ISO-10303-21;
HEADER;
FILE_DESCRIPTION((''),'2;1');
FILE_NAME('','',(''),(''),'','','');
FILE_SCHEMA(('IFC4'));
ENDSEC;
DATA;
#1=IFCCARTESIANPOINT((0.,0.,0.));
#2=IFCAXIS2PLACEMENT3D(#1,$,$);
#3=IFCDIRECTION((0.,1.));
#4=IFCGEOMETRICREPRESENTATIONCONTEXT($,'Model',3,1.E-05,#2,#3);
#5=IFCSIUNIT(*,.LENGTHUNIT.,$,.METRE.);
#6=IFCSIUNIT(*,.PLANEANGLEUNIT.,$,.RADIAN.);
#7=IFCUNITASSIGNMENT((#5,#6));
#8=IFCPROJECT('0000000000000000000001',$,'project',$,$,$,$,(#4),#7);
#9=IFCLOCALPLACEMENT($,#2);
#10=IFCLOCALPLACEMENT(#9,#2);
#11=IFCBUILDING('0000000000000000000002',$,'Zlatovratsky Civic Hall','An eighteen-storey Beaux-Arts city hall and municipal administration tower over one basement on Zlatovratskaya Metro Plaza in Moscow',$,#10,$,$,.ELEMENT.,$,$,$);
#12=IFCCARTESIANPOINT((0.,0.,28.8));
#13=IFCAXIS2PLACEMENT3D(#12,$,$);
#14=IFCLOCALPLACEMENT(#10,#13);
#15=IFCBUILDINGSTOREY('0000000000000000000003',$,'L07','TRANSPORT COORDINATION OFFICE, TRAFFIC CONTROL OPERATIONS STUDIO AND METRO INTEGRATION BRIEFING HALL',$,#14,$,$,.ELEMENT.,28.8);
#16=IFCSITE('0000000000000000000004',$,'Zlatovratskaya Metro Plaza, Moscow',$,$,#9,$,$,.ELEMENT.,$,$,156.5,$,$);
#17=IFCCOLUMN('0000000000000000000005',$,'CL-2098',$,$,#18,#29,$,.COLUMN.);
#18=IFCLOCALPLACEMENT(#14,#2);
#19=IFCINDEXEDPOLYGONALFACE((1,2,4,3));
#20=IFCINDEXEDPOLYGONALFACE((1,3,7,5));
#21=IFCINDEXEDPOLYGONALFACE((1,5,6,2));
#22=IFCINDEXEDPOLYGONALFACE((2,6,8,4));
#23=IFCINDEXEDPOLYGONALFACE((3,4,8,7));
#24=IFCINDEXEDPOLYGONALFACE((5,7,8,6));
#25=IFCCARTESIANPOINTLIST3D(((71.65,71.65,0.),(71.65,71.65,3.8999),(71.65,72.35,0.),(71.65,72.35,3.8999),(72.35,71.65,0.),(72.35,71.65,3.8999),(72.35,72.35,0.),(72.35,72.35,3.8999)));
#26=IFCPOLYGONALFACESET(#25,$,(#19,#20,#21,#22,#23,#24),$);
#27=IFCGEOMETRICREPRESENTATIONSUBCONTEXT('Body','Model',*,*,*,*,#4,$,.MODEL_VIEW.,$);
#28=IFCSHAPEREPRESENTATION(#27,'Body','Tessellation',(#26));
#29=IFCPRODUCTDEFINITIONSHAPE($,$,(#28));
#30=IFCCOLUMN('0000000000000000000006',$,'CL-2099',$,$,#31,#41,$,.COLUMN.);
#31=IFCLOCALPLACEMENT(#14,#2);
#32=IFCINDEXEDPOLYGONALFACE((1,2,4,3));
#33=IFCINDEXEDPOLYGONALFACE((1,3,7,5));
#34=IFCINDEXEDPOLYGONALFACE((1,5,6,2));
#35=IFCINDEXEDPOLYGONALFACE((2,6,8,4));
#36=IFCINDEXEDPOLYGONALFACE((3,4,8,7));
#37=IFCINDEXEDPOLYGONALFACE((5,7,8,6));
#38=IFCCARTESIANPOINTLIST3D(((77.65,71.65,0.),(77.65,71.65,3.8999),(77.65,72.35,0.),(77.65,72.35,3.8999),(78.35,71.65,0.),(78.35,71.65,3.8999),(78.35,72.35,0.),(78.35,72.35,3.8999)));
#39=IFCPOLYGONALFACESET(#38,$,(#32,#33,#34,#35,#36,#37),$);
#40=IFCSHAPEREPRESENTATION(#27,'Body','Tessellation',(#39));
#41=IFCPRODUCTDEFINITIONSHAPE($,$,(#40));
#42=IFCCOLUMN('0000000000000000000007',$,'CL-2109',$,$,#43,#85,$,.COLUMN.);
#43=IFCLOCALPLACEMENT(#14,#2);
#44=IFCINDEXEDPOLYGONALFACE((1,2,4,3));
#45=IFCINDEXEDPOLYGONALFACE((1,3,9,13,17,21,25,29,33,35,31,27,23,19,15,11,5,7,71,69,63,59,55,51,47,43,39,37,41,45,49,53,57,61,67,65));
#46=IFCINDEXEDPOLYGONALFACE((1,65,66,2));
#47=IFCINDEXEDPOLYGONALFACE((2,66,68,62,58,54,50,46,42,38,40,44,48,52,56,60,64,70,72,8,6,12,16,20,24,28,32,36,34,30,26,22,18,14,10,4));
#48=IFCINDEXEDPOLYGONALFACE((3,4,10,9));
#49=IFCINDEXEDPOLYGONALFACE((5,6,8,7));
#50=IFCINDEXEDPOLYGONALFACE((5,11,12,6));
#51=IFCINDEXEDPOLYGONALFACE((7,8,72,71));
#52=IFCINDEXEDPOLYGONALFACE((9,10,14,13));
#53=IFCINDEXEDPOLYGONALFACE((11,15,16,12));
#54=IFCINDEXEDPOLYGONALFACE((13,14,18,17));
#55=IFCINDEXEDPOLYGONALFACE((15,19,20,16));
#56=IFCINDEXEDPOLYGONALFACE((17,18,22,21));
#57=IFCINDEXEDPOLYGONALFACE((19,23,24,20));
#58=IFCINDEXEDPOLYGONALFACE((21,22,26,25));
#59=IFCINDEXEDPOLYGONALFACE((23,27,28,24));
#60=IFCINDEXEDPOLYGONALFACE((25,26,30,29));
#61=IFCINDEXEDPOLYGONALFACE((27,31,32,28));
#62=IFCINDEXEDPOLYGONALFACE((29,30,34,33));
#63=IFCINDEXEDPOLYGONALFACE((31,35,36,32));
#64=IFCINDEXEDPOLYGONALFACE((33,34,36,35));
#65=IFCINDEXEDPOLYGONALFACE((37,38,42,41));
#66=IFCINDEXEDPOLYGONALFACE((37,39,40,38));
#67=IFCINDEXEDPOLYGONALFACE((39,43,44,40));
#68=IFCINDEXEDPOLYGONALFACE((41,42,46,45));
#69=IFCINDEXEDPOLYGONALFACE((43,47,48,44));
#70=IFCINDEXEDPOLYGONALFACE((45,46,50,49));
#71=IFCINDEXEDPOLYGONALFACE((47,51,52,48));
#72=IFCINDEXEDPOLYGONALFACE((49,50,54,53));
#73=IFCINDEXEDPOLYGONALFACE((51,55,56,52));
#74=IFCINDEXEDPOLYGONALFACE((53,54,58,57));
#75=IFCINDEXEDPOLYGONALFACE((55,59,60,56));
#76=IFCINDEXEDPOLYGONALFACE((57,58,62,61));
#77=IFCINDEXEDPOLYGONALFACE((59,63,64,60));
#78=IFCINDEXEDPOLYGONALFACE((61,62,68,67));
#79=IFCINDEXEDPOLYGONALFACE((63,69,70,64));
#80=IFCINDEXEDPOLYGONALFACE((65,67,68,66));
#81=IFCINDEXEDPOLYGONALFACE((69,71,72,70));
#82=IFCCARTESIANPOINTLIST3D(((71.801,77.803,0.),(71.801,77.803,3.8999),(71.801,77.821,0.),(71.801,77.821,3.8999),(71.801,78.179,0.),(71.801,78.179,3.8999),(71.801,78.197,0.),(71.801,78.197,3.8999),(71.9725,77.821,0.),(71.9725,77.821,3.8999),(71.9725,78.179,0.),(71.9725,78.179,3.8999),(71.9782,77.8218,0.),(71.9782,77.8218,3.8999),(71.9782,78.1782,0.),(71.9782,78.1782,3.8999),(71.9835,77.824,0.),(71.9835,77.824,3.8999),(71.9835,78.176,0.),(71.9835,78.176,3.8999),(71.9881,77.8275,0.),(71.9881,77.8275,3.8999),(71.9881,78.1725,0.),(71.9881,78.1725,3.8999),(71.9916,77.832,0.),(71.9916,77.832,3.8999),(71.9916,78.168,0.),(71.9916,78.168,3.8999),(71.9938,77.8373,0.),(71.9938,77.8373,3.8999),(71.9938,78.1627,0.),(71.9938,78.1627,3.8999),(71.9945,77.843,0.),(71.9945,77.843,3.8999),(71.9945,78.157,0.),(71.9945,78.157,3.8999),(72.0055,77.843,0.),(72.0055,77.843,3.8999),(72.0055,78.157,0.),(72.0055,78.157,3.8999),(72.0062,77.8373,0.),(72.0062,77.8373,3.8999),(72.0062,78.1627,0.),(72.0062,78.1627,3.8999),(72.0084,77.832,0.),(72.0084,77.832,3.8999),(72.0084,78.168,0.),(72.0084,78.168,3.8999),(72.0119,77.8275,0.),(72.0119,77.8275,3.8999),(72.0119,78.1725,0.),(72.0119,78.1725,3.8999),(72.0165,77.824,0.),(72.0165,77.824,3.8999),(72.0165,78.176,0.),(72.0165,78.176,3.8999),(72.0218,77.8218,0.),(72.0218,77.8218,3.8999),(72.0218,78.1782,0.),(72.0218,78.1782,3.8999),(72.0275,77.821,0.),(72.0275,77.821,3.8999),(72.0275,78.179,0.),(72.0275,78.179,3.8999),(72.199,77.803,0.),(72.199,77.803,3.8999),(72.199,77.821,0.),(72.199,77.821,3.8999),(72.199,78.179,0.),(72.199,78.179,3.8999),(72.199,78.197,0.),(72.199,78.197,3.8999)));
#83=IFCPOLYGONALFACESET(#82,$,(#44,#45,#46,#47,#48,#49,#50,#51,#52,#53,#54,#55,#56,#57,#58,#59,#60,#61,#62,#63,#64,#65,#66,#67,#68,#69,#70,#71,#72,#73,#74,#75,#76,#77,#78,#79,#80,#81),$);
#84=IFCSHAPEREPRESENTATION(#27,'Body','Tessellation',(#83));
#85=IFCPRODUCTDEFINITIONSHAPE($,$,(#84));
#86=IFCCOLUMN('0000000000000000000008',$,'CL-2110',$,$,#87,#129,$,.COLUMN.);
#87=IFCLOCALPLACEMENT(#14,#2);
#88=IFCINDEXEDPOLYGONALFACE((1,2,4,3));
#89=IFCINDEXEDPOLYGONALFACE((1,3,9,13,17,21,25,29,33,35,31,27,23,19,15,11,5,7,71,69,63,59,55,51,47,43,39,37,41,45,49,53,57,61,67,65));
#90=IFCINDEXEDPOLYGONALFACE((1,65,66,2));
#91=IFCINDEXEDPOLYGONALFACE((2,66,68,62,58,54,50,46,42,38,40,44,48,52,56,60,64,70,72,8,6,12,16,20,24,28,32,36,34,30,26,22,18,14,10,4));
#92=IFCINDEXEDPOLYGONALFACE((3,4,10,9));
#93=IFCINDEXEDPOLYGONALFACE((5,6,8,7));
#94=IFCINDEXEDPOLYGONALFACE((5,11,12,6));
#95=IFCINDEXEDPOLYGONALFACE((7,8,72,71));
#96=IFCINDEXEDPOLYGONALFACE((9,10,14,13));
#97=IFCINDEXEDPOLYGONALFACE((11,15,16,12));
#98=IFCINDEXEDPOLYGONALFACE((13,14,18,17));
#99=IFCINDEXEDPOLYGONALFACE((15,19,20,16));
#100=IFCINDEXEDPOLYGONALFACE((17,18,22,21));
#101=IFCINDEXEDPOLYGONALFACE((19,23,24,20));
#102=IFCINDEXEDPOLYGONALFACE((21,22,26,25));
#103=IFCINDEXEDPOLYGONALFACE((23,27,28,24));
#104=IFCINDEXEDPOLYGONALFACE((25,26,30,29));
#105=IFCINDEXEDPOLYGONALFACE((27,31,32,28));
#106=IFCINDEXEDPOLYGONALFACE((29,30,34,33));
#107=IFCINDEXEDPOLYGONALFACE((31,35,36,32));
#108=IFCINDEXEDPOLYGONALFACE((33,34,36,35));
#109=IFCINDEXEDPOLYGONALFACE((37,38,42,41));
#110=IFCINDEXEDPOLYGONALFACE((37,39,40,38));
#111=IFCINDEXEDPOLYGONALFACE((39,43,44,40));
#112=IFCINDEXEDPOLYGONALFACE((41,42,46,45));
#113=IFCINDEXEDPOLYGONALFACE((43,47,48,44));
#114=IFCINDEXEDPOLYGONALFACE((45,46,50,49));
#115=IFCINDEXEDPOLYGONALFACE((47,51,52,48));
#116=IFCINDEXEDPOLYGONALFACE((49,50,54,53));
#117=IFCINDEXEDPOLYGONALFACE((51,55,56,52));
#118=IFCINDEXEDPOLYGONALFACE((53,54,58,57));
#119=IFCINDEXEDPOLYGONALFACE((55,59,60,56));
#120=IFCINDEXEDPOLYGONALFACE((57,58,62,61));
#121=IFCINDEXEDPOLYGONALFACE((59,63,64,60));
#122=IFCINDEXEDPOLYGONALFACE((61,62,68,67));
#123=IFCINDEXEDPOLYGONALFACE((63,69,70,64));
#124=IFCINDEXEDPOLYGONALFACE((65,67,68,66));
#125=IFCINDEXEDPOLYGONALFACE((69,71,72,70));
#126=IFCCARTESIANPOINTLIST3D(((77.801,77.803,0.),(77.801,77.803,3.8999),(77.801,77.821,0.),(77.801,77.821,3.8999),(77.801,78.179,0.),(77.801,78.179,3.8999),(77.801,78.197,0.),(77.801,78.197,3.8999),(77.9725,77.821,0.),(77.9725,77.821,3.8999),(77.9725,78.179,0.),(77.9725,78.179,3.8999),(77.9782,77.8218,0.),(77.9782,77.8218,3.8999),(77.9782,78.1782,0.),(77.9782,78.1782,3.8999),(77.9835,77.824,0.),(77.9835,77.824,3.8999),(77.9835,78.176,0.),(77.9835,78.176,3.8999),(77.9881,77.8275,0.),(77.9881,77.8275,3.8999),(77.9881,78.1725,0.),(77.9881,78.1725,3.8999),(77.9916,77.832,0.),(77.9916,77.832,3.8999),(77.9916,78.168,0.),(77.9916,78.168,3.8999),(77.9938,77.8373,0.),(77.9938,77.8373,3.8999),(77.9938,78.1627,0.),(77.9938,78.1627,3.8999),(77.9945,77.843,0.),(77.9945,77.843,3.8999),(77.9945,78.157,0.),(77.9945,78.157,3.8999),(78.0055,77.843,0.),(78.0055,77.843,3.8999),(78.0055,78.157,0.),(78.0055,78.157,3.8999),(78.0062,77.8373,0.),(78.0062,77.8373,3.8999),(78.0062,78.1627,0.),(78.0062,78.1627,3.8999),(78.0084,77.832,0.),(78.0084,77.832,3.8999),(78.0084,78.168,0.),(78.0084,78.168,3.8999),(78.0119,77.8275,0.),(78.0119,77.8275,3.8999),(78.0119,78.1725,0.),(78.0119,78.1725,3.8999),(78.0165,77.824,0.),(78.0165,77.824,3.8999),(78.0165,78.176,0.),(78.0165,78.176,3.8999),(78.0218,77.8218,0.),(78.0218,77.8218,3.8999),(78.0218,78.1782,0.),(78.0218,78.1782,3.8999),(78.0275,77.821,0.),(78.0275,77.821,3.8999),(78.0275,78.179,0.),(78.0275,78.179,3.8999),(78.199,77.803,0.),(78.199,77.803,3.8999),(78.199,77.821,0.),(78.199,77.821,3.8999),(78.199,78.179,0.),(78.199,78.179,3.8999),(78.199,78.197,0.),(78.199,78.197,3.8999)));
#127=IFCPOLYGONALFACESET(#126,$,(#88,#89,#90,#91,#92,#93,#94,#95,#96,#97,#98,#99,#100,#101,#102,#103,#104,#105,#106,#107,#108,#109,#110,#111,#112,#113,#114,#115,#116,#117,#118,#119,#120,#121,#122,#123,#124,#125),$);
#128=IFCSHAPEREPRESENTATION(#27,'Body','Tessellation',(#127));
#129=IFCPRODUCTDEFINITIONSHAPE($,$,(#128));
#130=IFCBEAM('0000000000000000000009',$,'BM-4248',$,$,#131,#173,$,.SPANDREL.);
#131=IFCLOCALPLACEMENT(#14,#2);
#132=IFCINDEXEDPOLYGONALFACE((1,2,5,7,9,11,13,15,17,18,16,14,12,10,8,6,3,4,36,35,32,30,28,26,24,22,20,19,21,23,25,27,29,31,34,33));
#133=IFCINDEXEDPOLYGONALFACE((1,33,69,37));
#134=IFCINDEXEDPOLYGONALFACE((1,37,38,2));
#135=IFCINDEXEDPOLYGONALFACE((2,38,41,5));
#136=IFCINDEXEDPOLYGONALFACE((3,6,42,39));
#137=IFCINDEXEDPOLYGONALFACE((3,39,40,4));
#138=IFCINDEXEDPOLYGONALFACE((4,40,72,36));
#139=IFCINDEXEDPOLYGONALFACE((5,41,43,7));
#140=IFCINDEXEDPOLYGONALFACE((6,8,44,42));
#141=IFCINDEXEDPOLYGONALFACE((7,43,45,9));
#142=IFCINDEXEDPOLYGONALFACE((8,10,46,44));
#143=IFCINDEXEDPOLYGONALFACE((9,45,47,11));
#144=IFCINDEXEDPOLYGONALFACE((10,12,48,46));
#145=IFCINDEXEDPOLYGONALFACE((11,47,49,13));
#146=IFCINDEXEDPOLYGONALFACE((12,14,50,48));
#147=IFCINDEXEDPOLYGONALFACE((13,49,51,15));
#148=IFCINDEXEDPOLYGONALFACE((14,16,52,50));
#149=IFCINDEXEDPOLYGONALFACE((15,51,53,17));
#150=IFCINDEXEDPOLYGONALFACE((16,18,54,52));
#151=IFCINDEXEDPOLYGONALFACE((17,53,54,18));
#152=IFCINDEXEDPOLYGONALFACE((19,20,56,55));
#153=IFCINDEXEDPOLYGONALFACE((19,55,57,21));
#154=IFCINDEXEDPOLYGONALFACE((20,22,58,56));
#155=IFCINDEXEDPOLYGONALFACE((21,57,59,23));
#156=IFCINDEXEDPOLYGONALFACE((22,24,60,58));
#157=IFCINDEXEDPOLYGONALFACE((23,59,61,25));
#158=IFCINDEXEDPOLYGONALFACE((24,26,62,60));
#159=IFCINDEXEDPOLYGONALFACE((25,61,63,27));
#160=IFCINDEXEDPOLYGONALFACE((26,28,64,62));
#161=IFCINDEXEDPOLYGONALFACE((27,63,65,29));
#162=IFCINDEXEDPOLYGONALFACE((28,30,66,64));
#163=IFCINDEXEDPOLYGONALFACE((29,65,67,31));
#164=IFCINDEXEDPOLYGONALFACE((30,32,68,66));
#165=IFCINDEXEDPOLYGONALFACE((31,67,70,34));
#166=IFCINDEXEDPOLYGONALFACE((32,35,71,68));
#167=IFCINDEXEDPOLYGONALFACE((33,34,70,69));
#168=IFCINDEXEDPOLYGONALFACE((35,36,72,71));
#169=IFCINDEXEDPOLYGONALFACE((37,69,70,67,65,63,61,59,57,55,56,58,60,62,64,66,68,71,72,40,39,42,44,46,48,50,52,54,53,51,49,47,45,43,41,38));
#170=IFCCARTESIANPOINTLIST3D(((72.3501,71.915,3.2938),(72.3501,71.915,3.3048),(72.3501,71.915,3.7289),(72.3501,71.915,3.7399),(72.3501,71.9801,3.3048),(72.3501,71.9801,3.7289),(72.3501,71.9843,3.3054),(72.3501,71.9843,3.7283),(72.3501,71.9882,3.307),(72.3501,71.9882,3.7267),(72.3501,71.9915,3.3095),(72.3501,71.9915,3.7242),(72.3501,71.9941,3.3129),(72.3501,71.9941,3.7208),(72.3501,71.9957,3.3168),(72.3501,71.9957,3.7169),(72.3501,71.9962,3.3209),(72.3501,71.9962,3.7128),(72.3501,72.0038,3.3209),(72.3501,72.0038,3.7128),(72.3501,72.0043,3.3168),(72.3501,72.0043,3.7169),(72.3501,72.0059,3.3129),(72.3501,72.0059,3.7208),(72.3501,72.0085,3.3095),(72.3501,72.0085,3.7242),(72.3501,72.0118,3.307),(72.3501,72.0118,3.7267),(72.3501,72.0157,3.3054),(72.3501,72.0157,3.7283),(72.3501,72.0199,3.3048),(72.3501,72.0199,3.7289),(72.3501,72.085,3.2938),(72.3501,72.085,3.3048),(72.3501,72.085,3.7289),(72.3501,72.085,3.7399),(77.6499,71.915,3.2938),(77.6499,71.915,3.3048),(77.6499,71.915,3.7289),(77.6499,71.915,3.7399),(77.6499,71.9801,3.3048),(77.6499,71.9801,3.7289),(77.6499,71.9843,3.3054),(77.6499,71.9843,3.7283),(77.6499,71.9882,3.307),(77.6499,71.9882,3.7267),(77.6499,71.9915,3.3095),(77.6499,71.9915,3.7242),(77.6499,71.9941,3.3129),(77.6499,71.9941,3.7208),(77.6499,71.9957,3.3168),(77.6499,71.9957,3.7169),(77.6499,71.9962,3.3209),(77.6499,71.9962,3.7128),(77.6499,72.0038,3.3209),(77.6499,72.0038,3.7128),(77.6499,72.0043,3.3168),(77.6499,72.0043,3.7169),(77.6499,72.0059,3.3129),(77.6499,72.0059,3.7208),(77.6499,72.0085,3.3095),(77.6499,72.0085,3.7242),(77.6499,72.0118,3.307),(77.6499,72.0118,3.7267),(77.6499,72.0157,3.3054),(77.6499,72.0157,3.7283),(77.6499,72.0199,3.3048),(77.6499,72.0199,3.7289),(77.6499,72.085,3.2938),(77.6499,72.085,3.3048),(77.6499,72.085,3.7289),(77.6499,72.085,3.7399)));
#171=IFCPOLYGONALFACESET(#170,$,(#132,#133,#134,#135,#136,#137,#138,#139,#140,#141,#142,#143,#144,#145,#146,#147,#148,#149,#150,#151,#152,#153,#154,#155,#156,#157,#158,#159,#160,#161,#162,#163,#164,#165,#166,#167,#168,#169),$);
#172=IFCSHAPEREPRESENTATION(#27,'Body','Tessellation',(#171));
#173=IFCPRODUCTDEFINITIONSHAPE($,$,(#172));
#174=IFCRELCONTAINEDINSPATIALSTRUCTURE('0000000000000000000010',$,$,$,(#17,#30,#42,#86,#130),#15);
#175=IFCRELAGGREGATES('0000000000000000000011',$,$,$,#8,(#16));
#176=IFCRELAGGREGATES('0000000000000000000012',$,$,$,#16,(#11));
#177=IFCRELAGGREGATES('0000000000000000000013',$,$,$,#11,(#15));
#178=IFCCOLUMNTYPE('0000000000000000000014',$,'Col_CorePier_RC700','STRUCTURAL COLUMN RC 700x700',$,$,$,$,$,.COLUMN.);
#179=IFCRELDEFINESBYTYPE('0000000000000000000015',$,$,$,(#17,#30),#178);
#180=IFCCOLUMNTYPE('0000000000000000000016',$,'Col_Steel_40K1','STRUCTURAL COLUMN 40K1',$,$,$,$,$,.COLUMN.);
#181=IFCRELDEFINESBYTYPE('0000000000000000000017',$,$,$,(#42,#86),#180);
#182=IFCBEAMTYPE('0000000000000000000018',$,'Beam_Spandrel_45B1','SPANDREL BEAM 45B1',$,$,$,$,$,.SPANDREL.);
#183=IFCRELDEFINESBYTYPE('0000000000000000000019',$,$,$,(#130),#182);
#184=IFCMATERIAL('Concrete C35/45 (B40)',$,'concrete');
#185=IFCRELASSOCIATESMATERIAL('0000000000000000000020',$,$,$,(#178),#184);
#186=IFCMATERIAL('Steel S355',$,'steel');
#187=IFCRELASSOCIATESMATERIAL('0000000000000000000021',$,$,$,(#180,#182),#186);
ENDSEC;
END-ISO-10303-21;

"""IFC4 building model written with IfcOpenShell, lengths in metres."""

from ifc_helpers import new_model, si_unit, direction, frame, origin, origin_2d, place, context, subcontext, project, spatial, rectangle, i_section, extrude, material, material_profile, profile_set, type_object, element, save


model = new_model("IFC4")

# Units and contexts
model_context = context("Model", 3, precision=1e-05, world=origin(), true_north=direction((0.0, 1.0)))
body_context = subcontext(model_context, "Body", "Model", "MODEL_VIEW")
ifc_project = project(units=[si_unit("LENGTHUNIT", "METRE"), si_unit("PLANEANGLEUNIT", "RADIAN")], contexts=[model_context])

# Site, building, storey
site_placement = place(None, origin())
site = spatial("IfcSite", under=ifc_project, at=site_placement, Name="Zlatovratskaya Metro Plaza, Moscow", CompositionType="ELEMENT", RefElevation=156.5)
building_placement = place(site_placement, origin())
building = spatial("IfcBuilding", under=site, at=building_placement, Name="Zlatovratsky Civic Hall", Description="An eighteen-storey Beaux-Arts city hall and municipal administration tower over one basement on Zlatovratskaya Metro Plaza in Moscow", CompositionType="ELEMENT")
storey_placement = place(building_placement, frame((0.0, 0.0, 28.8)))
storey = spatial("IfcBuildingStorey", under=building, at=storey_placement, Name="L07", Description="TRANSPORT COORDINATION OFFICE, TRAFFIC CONTROL OPERATIONS STUDIO AND METRO INTEGRATION BRIEFING HALL", CompositionType="ELEMENT", Elevation=28.8)

# Columns
ifc_material_1 = material(Name="Concrete C35/45 (B40)", Category="concrete")
ifc_material_profile_1 = material_profile(ifc_material_1, rectangle(XDim=0.7, YDim=0.7, at=origin_2d()), Name="RC 700x700")
ifc_profile_set_1 = profile_set([ifc_material_profile_1], Name="Concrete C35/45 (B40)")
column_type_1 = type_object("IfcColumnType", Name="Col_CorePier_RC700", Description="STRUCTURAL COLUMN RC 700x700", PredefinedType="COLUMN", material=ifc_profile_set_1)
for number, where, z_axis, x_axis, name in (
    (1, (72.0, 72.0, 0.0), (0.0, 0.0, 1.0), (1.0, 0.0, 0.0), "CL-2098"),
    (2, (78.0, 72.0, 0.0), (0.0, 0.0, 1.0), (1.0, 0.0, 0.0), "CL-2099"),
):
    element("IfcColumn", number, at=place(storey_placement, frame(where, z_axis=z_axis, x_axis=x_axis)), inside=storey, type_object=column_type_1, Name=name, PredefinedType="COLUMN", context=body_context, shape_type="SweptSolid", body=[
        extrude(rectangle(XDim=0.7, YDim=0.7, at=origin_2d()), origin(), (0.0, 0.0, 1.0), 3.8999),
    ])
ifc_material_2 = material(Name="Steel S355", Category="steel")
ifc_material_profile_2 = material_profile(ifc_material_2, i_section(OverallWidth=0.3979, OverallDepth=0.394, WebThickness=0.011, FlangeThickness=0.0181, FilletRadius=0.022, at=origin_2d()), Name="40K1")
ifc_profile_set_2 = profile_set([ifc_material_profile_2], Name="Steel S355")
column_type_2 = type_object("IfcColumnType", Name="Col_Steel_40K1", Description="STRUCTURAL COLUMN 40K1", PredefinedType="COLUMN", material=ifc_profile_set_2)
for number, where, z_axis, x_axis, name in (
    (3, (72.0, 78.0, 0.0), (0.0, 0.0, 1.0), (1.0, 0.0, 0.0), "CL-2109"),
    (4, (78.0, 78.0, 0.0), (0.0, 0.0, 1.0), (1.0, 0.0, 0.0), "CL-2110"),
):
    element("IfcColumn", number, at=place(storey_placement, frame(where, z_axis=z_axis, x_axis=x_axis)), inside=storey, type_object=column_type_2, Name=name, PredefinedType="COLUMN", context=body_context, shape_type="SweptSolid", body=[
        extrude(i_section(OverallWidth=0.3979, OverallDepth=0.394, WebThickness=0.011, FlangeThickness=0.0181, FilletRadius=0.022, at=origin_2d()), origin(), (0.0, 0.0, 1.0), 3.8999),
    ])

# Beam
ifc_material_profile_3 = material_profile(ifc_material_2, i_section(OverallWidth=0.1699, OverallDepth=0.446, WebThickness=0.0076, FlangeThickness=0.011, FilletRadius=0.0161, at=origin_2d()), Name="45B1")
ifc_profile_set_3 = profile_set([ifc_material_profile_3], Name="Steel S355")
beam_type_1 = type_object("IfcBeamType", Name="Beam_Spandrel_45B1", Description="SPANDREL BEAM 45B1", PredefinedType="SPANDREL", material=ifc_profile_set_3)
for number, where, z_axis, x_axis, name in (
    (5, (72.3501, 72.0, 3.5168), (1.0, 0.0, 0.0), (0.0, 1.0, 0.0), "BM-4248"),
):
    element("IfcBeam", number, at=place(storey_placement, frame(where, z_axis=z_axis, x_axis=x_axis)), inside=storey, type_object=beam_type_1, Name=name, PredefinedType="SPANDREL", context=body_context, shape_type="SweptSolid", body=[
        extrude(i_section(OverallWidth=0.1699, OverallDepth=0.446, WebThickness=0.0076, FlangeThickness=0.011, FilletRadius=0.0161, at=origin_2d()), origin(), (0.0, 0.0, 1.0), 5.2998),
    ])

save(model, "model.ifc")
